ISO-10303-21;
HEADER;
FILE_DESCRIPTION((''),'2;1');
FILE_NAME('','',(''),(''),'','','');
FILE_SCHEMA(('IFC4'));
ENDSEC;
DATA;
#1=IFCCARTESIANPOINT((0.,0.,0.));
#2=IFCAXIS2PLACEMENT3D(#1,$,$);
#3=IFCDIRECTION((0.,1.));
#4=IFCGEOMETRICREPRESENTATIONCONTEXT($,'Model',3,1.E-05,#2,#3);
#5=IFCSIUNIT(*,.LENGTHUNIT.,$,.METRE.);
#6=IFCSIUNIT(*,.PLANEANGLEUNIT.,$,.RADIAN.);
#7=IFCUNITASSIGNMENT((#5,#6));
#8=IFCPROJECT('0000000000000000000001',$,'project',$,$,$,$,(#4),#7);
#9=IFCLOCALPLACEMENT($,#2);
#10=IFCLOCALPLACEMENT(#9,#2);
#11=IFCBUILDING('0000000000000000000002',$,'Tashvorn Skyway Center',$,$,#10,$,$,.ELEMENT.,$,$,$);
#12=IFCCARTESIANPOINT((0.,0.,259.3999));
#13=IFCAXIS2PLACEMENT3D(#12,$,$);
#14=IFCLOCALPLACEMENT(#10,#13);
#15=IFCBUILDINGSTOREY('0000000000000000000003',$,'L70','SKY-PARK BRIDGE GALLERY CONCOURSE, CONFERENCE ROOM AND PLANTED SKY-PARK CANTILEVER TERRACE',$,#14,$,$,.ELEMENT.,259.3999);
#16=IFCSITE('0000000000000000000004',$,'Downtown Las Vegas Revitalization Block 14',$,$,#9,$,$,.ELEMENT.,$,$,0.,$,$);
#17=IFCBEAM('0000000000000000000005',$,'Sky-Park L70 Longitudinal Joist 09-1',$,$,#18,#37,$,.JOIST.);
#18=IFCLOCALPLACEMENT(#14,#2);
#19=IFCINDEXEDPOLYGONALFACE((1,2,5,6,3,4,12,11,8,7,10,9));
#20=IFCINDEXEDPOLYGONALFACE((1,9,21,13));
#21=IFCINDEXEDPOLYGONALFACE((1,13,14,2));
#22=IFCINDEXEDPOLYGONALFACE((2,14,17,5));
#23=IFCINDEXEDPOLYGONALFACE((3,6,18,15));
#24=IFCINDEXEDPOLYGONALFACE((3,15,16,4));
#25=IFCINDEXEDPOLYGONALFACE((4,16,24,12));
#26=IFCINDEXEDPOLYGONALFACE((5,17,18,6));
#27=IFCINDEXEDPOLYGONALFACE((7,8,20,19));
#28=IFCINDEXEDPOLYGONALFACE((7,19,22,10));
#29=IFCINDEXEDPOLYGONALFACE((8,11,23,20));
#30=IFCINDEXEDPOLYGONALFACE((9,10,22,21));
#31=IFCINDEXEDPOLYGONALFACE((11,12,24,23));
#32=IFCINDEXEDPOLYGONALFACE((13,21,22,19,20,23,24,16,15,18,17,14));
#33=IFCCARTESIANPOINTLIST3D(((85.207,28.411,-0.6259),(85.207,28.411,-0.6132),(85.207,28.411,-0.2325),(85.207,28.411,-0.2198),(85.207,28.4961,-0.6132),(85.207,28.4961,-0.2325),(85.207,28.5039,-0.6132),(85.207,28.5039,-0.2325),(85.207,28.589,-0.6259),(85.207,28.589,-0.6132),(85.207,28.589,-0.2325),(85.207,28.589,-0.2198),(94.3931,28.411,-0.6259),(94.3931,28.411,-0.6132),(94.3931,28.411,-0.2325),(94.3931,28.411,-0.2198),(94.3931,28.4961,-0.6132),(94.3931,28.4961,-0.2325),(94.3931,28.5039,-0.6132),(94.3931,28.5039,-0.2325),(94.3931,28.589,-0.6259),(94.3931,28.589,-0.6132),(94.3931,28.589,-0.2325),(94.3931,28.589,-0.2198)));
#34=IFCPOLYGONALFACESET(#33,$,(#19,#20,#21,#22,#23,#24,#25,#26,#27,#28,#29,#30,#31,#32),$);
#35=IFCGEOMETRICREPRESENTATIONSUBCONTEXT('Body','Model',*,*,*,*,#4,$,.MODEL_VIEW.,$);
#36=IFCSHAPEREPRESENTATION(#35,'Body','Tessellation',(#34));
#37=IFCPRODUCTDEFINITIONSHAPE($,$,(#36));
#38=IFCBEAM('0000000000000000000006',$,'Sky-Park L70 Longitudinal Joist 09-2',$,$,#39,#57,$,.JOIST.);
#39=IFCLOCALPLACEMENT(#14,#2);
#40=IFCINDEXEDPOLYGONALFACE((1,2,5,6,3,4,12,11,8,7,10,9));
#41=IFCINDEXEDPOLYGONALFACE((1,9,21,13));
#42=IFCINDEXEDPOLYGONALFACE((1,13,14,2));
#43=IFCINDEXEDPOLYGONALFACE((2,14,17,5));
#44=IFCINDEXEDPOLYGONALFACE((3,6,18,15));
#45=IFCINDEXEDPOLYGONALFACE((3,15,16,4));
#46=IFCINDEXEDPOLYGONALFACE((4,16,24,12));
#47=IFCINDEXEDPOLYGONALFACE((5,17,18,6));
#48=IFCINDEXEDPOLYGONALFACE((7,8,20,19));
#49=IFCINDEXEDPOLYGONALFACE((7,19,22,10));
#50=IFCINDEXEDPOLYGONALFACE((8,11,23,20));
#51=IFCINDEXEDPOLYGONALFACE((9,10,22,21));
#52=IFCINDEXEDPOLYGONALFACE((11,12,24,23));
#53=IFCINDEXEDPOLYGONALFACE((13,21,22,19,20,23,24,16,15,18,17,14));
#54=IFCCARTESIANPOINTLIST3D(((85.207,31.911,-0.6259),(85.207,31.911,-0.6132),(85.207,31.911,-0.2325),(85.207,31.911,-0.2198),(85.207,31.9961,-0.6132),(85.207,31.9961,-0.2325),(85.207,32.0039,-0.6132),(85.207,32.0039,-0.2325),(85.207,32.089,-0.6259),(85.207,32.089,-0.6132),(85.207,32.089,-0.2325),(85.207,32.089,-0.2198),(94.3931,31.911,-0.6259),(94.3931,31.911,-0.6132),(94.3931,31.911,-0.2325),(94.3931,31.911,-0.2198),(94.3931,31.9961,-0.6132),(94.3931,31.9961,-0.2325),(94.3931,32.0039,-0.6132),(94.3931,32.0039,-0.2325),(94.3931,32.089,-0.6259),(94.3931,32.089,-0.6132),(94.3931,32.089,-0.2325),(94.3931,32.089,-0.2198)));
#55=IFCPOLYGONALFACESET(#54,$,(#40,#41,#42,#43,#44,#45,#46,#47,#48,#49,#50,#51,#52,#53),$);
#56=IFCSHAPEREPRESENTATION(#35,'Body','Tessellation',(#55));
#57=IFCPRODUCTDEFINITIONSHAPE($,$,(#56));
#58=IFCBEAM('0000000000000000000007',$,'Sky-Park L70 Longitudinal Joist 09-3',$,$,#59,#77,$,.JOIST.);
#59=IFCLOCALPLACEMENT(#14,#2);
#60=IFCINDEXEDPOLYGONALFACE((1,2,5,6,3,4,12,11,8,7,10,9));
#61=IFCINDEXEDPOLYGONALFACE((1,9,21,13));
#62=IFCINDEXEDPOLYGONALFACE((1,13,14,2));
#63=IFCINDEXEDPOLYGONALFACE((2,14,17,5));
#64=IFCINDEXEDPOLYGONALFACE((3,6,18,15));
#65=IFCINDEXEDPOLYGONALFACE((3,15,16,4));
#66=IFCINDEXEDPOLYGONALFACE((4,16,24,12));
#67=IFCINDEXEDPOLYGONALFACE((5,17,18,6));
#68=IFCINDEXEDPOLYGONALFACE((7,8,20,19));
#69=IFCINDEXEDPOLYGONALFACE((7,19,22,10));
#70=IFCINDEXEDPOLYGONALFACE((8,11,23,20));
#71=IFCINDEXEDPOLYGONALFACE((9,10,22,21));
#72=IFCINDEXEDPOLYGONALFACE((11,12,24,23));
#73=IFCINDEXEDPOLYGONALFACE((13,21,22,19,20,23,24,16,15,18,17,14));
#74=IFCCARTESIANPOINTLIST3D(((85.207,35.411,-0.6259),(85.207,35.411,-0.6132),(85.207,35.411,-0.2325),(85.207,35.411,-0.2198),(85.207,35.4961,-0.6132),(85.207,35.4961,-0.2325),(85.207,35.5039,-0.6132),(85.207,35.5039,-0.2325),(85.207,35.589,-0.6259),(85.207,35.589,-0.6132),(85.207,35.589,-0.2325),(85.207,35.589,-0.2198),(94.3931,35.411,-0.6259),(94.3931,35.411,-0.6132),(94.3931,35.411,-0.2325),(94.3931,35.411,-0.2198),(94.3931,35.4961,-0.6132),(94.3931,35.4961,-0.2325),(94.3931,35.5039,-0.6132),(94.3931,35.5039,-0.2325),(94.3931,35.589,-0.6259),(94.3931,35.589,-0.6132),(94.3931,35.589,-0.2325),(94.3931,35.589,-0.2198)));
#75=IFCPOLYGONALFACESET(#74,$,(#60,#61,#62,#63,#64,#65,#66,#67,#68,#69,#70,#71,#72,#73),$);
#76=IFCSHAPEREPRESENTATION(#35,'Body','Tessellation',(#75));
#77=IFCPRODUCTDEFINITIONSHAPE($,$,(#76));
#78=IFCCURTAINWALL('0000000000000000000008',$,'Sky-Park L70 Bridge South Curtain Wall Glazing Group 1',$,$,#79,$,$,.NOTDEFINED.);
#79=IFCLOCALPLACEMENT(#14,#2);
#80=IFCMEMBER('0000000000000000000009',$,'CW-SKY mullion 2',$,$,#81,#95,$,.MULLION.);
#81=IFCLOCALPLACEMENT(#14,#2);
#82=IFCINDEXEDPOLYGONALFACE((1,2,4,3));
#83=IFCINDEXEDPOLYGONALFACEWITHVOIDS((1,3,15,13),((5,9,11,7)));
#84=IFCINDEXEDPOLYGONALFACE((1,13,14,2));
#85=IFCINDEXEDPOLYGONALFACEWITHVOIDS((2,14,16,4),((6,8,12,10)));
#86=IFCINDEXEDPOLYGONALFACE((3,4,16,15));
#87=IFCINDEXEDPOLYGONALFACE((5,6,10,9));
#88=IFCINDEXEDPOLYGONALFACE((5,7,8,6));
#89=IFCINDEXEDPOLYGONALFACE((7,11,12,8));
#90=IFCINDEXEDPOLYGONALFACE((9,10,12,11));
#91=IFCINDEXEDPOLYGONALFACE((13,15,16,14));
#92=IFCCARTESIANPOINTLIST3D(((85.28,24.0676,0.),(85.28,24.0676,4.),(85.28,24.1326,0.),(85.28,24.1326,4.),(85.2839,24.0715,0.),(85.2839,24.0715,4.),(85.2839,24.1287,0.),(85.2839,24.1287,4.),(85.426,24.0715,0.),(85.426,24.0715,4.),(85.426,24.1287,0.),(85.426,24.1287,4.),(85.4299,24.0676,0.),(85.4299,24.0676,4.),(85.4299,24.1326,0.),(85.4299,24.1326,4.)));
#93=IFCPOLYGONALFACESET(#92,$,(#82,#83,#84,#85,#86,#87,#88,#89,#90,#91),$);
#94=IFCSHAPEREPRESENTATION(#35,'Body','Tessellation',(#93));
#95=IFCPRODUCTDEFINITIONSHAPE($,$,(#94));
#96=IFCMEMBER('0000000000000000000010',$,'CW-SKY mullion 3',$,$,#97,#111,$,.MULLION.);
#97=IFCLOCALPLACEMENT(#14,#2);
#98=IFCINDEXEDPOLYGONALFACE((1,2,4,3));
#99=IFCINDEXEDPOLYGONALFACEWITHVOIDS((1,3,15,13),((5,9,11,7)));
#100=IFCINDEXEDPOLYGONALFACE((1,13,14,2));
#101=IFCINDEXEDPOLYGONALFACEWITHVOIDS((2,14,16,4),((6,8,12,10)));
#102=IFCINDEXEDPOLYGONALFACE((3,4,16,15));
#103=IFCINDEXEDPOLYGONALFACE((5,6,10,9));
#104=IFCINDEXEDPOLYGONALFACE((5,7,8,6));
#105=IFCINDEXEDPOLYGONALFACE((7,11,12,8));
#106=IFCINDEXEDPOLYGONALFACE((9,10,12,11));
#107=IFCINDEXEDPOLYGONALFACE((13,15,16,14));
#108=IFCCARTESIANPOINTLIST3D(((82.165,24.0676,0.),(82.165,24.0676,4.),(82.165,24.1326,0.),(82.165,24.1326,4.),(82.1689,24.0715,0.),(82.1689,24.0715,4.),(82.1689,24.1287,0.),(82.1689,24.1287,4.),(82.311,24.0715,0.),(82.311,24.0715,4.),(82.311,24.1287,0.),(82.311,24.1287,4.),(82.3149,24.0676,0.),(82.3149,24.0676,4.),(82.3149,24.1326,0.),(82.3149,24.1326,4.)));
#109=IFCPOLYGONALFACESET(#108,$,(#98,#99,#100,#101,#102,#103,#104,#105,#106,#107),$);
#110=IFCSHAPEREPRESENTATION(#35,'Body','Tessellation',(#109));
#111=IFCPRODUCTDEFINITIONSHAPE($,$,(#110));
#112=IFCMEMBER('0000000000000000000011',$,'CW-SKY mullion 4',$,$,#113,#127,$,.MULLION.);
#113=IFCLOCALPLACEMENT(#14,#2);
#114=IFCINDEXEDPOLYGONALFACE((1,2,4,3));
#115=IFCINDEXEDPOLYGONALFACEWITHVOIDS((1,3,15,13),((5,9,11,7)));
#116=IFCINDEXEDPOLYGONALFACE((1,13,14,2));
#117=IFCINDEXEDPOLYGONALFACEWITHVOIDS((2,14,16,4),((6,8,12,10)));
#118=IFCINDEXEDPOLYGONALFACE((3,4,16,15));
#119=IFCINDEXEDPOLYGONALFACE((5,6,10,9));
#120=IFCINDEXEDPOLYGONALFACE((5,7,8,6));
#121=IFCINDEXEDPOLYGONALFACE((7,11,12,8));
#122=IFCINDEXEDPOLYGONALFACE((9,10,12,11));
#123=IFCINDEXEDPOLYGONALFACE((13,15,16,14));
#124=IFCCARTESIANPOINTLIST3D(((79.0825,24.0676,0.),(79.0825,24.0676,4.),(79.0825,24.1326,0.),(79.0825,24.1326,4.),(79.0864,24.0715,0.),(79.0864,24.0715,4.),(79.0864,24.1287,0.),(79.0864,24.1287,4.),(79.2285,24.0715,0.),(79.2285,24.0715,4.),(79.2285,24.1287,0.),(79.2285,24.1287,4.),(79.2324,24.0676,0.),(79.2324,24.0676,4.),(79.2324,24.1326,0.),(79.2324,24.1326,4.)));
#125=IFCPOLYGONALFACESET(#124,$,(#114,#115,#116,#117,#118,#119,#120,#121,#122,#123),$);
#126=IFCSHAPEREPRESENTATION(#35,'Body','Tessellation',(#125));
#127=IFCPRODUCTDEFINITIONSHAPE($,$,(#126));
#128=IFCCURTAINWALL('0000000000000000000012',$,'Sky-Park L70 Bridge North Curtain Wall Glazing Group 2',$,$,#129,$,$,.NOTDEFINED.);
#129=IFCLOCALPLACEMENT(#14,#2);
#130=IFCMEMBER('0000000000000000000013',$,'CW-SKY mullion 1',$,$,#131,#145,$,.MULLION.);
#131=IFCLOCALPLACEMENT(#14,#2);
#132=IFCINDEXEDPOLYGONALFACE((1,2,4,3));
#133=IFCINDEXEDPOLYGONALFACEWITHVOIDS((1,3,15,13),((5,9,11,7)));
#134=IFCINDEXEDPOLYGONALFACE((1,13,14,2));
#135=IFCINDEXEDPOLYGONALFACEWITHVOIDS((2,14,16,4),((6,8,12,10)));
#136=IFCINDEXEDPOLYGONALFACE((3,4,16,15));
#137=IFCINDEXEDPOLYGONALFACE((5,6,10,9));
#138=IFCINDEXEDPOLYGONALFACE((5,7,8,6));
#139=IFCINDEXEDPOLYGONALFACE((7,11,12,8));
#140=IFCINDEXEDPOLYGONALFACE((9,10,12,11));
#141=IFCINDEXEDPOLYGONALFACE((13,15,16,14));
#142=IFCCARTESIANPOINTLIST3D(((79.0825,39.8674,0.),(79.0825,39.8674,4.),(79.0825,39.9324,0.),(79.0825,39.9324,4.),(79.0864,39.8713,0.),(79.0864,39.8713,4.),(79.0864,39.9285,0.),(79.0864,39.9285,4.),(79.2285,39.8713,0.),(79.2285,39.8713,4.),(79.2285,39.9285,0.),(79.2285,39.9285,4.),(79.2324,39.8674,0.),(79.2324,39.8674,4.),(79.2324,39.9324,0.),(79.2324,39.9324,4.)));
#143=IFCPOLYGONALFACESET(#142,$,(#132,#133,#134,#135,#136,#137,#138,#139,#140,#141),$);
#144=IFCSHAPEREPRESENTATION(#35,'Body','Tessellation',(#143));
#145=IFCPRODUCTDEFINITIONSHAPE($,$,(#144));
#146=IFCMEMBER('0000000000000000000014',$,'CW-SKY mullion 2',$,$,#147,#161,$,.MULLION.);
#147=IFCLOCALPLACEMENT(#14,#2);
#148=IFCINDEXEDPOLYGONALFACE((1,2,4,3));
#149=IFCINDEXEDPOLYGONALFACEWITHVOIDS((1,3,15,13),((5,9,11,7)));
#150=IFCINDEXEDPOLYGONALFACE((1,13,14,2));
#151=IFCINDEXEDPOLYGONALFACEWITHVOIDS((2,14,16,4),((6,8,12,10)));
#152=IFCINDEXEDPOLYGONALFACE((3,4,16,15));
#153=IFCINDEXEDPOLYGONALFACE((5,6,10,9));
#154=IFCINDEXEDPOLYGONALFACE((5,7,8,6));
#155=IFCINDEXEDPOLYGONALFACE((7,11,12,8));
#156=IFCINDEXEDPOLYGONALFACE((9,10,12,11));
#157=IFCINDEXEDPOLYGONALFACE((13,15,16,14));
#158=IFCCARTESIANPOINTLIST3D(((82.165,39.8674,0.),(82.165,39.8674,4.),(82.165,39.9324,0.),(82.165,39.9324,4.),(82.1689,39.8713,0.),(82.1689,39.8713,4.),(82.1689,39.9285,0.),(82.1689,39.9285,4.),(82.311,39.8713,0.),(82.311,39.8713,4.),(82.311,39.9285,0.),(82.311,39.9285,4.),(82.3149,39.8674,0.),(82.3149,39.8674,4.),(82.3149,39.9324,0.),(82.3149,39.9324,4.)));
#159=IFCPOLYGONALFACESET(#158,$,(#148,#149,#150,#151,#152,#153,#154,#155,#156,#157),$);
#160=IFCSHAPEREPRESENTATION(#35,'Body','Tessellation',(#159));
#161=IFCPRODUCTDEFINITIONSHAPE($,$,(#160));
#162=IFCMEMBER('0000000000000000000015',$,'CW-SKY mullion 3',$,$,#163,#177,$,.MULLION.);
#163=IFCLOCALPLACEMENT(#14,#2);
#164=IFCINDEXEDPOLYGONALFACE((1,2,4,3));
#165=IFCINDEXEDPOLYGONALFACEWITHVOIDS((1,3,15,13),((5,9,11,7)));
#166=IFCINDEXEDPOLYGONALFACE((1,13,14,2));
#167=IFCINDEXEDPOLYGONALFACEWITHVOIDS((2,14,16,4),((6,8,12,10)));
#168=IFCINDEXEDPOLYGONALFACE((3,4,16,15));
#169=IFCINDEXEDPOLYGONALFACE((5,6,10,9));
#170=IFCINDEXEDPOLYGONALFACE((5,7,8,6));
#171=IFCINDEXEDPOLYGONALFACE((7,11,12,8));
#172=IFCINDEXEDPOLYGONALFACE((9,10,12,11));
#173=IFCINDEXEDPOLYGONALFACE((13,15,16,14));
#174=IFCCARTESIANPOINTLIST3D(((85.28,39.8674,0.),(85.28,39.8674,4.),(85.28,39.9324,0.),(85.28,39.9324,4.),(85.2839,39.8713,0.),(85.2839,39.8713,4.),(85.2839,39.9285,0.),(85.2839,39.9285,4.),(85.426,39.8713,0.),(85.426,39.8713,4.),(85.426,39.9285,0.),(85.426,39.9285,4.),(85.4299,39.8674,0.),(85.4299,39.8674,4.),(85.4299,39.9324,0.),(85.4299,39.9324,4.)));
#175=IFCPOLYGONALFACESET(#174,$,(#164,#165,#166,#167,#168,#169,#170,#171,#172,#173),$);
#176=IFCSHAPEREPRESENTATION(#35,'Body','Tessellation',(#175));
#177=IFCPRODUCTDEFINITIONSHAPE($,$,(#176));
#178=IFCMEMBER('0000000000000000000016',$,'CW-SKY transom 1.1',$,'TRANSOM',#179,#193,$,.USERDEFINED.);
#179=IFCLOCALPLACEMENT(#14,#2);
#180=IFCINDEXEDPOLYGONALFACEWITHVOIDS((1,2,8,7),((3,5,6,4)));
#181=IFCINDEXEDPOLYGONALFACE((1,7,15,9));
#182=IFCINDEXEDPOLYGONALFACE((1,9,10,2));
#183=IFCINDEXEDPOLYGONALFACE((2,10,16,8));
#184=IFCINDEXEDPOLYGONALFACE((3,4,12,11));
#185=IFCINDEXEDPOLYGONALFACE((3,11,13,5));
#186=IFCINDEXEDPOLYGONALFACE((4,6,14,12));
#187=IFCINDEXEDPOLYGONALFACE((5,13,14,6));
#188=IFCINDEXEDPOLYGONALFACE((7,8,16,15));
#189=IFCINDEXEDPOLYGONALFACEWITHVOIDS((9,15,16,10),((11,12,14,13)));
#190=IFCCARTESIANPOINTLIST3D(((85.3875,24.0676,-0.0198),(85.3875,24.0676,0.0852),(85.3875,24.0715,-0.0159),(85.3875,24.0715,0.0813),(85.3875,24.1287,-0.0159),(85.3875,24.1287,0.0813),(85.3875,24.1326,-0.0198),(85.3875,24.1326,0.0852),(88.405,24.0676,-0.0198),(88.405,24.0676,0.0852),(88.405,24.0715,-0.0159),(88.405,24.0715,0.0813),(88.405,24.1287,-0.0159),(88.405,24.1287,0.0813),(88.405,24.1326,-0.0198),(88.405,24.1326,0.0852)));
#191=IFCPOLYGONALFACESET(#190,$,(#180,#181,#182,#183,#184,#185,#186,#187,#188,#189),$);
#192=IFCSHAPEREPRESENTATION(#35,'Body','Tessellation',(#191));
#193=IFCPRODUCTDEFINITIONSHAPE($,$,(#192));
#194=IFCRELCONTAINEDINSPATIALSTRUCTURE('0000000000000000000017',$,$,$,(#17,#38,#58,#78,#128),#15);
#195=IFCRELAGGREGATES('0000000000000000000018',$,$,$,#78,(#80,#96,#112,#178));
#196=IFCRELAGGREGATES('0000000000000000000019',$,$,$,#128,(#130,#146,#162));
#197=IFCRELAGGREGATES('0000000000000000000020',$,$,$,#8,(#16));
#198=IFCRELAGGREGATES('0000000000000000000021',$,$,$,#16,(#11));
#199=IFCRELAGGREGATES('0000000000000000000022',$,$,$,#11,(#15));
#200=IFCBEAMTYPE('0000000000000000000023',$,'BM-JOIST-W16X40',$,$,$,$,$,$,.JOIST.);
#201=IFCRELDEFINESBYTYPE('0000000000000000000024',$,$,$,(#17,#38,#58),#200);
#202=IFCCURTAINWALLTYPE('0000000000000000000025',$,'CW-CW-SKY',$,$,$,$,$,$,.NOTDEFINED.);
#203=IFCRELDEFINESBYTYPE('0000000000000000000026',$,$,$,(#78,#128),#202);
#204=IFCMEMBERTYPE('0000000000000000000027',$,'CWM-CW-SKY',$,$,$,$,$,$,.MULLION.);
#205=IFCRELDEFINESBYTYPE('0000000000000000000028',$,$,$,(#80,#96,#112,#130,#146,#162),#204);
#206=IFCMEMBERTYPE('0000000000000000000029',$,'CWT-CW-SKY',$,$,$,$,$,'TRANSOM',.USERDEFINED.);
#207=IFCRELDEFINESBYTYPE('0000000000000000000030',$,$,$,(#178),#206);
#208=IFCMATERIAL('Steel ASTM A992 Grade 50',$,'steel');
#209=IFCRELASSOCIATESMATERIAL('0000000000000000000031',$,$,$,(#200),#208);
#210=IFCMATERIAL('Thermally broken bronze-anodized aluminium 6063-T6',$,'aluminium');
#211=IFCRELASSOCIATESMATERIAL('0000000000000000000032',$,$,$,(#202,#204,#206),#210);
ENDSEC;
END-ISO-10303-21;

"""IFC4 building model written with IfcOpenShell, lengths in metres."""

from ifc_helpers import new_model, si_unit, direction, frame, origin, origin_2d, place, context, subcontext, project, spatial, hollow_rectangle, i_section, extrude, material, material_profile, profile_set, type_object, element, aggregate, save


model = new_model("IFC4")

# Units and contexts
model_context = context("Model", 3, precision=1e-05, world=origin(), true_north=direction((0.0, 1.0)))
body_context = subcontext(model_context, "Body", "Model", "MODEL_VIEW")
ifc_project = project(units=[si_unit("LENGTHUNIT", "METRE"), si_unit("PLANEANGLEUNIT", "RADIAN")], contexts=[model_context])

# Site, building, storey
site_placement = place(None, origin())
site = spatial("IfcSite", under=ifc_project, at=site_placement, Name="Downtown Las Vegas Revitalization Block 14", CompositionType="ELEMENT", RefElevation=0.0)
building_placement = place(site_placement, origin())
building = spatial("IfcBuilding", under=site, at=building_placement, Name="Tashvorn Skyway Center", CompositionType="ELEMENT")
storey_placement = place(building_placement, frame((0.0, 0.0, 259.3999)))
storey = spatial("IfcBuildingStorey", under=building, at=storey_placement, Name="L70", Description="SKY-PARK BRIDGE GALLERY CONCOURSE, CONFERENCE ROOM AND PLANTED SKY-PARK CANTILEVER TERRACE", CompositionType="ELEMENT", Elevation=259.3999)

# Beams
ifc_material_1 = material(Name="Steel ASTM A992 Grade 50", Category="steel")
ifc_material_profile_1 = material_profile(ifc_material_1, i_section(OverallWidth=0.178, OverallDepth=0.406, WebThickness=0.0078, FlangeThickness=0.0127, at=origin_2d()), Name="W16X40")
ifc_profile_set_1 = profile_set([ifc_material_profile_1], Name="Steel ASTM A992 Grade 50")
beam_type_1 = type_object("IfcBeamType", Name="BM-JOIST-W16X40", PredefinedType="JOIST", material=ifc_profile_set_1)
for number, where, z_axis, x_axis, name in (
    (1, (85.207, 28.5, -0.4229), (1.0, 0.0, 0.0), (0.0, 1.0, 0.0), "Sky-Park L70 Longitudinal Joist 09-1"),
    (2, (85.207, 32.0, -0.4229), (1.0, 0.0, 0.0), (0.0, 1.0, 0.0), "Sky-Park L70 Longitudinal Joist 09-2"),
    (3, (85.207, 35.5, -0.4229), (1.0, 0.0, 0.0), (0.0, 1.0, 0.0), "Sky-Park L70 Longitudinal Joist 09-3"),
):
    element("IfcBeam", number, at=place(storey_placement, frame(where, z_axis=z_axis, x_axis=x_axis)), inside=storey, type_object=beam_type_1, Name=name, PredefinedType="JOIST", context=body_context, shape_type="SweptSolid", body=[
        extrude(i_section(OverallWidth=0.178, OverallDepth=0.406, WebThickness=0.0078, FlangeThickness=0.0127, at=origin_2d()), origin(), (0.0, 0.0, 1.0), 9.186),
    ])

# Curtain walls, members
ifc_material_2 = material(Name="Thermally broken bronze-anodized aluminium 6063-T6", Category="aluminium")
curtain_wall_type = type_object("IfcCurtainWallType", Name="CW-CW-SKY", PredefinedType="NOTDEFINED", material=ifc_material_2)
curtain_wall_1_placement = place(storey_placement, origin())
curtain_wall_1 = element("IfcCurtainWall", 4, at=curtain_wall_1_placement, inside=storey, type_object=curtain_wall_type, Name="Sky-Park L70 Bridge South Curtain Wall Glazing Group 1", PredefinedType="NOTDEFINED")
ifc_material_profile_2 = material_profile(ifc_material_2, hollow_rectangle(XDim=0.0649, YDim=0.1499, WallThickness=0.0039, at=origin_2d()), Name="ALU-MULL-65x150")
ifc_profile_set_2 = profile_set([ifc_material_profile_2], Name="Thermally broken bronze-anodized aluminium 6063-T6")
member_type_1 = type_object("IfcMemberType", Name="CWM-CW-SKY", PredefinedType="MULLION", material=ifc_profile_set_2)
member_1_placement = place(storey_placement, frame((85.355, 24.1001, 0.0), z_axis=(0.0, 0.0, 1.0), x_axis=(0.0, -1.0, 0.0)))
member_1 = element("IfcMember", 5, at=member_1_placement, type_object=member_type_1, Name="CW-SKY mullion 2", PredefinedType="MULLION", context=body_context, shape_type="SweptSolid", body=[
    extrude(hollow_rectangle(XDim=0.0649, YDim=0.1499, WallThickness=0.0039, at=origin_2d()), origin(), (0.0, 0.0, 1.0), 4.0),
])
member_2_placement = place(storey_placement, frame((82.24, 24.1001, 0.0), z_axis=(0.0, 0.0, 1.0), x_axis=(0.0, -1.0, 0.0)))
member_2 = element("IfcMember", 6, at=member_2_placement, type_object=member_type_1, Name="CW-SKY mullion 3", PredefinedType="MULLION", context=body_context, shape_type="SweptSolid", body=[
    extrude(hollow_rectangle(XDim=0.0649, YDim=0.1499, WallThickness=0.0039, at=origin_2d()), origin(), (0.0, 0.0, 1.0), 4.0),
])
member_3_placement = place(storey_placement, frame((79.1575, 24.1001, 0.0), z_axis=(0.0, 0.0, 1.0), x_axis=(0.0, -1.0, 0.0)))
member_3 = element("IfcMember", 7, at=member_3_placement, type_object=member_type_1, Name="CW-SKY mullion 4", PredefinedType="MULLION", context=body_context, shape_type="SweptSolid", body=[
    extrude(hollow_rectangle(XDim=0.0649, YDim=0.1499, WallThickness=0.0039, at=origin_2d()), origin(), (0.0, 0.0, 1.0), 4.0),
])
curtain_wall_2_placement = place(storey_placement, origin())
curtain_wall_2 = element("IfcCurtainWall", 8, at=curtain_wall_2_placement, inside=storey, type_object=curtain_wall_type, Name="Sky-Park L70 Bridge North Curtain Wall Glazing Group 2", PredefinedType="NOTDEFINED")
member_4_placement = place(storey_placement, frame((79.1575, 39.8999, 0.0), z_axis=(0.0, 0.0, 1.0), x_axis=(0.0, 1.0, 0.0)))
member_4 = element("IfcMember", 9, at=member_4_placement, type_object=member_type_1, Name="CW-SKY mullion 1", PredefinedType="MULLION", context=body_context, shape_type="SweptSolid", body=[
    extrude(hollow_rectangle(XDim=0.0649, YDim=0.1499, WallThickness=0.0039, at=origin_2d()), origin(), (0.0, 0.0, 1.0), 4.0),
])
member_5_placement = place(storey_placement, frame((82.24, 39.8999, 0.0), z_axis=(0.0, 0.0, 1.0), x_axis=(0.0, 1.0, 0.0)))
member_5 = element("IfcMember", 10, at=member_5_placement, type_object=member_type_1, Name="CW-SKY mullion 2", PredefinedType="MULLION", context=body_context, shape_type="SweptSolid", body=[
    extrude(hollow_rectangle(XDim=0.0649, YDim=0.1499, WallThickness=0.0039, at=origin_2d()), origin(), (0.0, 0.0, 1.0), 4.0),
])
member_6_placement = place(storey_placement, frame((85.355, 39.8999, 0.0), z_axis=(0.0, 0.0, 1.0), x_axis=(0.0, 1.0, 0.0)))
member_6 = element("IfcMember", 11, at=member_6_placement, type_object=member_type_1, Name="CW-SKY mullion 3", PredefinedType="MULLION", context=body_context, shape_type="SweptSolid", body=[
    extrude(hollow_rectangle(XDim=0.0649, YDim=0.1499, WallThickness=0.0039, at=origin_2d()), origin(), (0.0, 0.0, 1.0), 4.0),
])

# Member
ifc_material_profile_3 = material_profile(ifc_material_2, hollow_rectangle(XDim=0.0649, YDim=0.105, WallThickness=0.0039, at=origin_2d()), Name="ALU-TRAN-65x105")
ifc_profile_set_3 = profile_set([ifc_material_profile_3], Name="Thermally broken bronze-anodized aluminium 6063-T6")
member_type_2 = type_object("IfcMemberType", Name="CWT-CW-SKY", ElementType="TRANSOM", PredefinedType="USERDEFINED", material=ifc_profile_set_3)
member_7_placement = place(storey_placement, frame((88.405, 24.1001, 0.0327), z_axis=(-1.0, 0.0, 0.0), x_axis=(0.0, -1.0, 0.0)))
member_7 = element("IfcMember", 12, at=member_7_placement, type_object=member_type_2, Name="CW-SKY transom 1.1", ObjectType="TRANSOM", PredefinedType="USERDEFINED", context=body_context, shape_type="SweptSolid", body=[
    extrude(hollow_rectangle(XDim=0.0649, YDim=0.105, WallThickness=0.0039, at=origin_2d()), origin(), (0.0, 0.0, 1.0), 3.0176),
])

aggregate(curtain_wall_1, [member_1, member_2, member_3, member_7])
aggregate(curtain_wall_2, [member_4, member_5, member_6])

save(model, "model.ifc")
